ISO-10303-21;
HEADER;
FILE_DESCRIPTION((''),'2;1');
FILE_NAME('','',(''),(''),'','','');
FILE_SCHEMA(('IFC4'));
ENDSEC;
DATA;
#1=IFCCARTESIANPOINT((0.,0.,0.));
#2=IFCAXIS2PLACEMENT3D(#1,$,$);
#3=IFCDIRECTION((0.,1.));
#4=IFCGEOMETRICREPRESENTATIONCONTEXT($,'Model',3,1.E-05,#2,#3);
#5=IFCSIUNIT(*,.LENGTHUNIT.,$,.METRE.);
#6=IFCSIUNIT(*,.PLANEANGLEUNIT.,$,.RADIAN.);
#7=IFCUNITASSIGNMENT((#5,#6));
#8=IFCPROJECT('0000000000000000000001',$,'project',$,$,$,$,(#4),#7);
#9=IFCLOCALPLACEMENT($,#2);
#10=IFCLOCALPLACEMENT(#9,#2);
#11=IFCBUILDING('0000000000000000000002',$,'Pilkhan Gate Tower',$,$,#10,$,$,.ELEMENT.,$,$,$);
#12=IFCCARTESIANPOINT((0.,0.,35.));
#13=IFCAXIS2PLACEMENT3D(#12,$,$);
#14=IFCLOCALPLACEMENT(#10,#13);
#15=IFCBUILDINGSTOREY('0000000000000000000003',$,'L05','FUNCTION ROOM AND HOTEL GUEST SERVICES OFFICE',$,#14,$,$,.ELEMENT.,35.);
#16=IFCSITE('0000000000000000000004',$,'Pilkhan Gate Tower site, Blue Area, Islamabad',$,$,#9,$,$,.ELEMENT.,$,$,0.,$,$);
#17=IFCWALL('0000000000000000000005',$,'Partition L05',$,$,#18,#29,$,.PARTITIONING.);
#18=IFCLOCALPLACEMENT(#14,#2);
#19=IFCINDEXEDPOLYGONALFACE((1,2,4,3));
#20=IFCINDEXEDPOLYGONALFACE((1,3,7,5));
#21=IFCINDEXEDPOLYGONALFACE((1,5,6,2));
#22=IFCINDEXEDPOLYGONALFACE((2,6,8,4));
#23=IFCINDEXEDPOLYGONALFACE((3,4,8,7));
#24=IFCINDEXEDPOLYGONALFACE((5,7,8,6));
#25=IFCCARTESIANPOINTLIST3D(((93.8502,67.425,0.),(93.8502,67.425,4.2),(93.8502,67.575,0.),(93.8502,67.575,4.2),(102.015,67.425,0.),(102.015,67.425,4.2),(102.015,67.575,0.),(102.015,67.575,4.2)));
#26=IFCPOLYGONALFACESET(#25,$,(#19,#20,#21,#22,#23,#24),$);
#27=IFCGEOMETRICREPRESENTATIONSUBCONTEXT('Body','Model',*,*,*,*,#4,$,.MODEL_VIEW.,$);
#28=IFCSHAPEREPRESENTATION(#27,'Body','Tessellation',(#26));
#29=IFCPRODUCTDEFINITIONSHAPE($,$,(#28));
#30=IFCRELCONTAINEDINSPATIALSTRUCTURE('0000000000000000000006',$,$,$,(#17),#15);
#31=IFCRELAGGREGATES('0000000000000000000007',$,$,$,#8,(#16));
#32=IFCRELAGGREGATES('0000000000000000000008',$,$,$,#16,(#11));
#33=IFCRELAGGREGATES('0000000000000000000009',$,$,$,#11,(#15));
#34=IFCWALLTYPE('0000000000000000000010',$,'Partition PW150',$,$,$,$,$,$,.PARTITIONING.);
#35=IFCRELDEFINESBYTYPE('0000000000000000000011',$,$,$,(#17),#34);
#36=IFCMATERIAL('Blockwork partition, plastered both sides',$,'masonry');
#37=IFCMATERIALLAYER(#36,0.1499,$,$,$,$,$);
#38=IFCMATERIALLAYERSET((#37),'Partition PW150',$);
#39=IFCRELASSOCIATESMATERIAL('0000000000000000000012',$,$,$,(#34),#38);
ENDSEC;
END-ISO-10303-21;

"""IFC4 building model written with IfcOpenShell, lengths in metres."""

from ifc_helpers import new_model, si_unit, direction, frame, frame_2d, origin, place, context, subcontext, project, spatial, rectangle, extrude, material, layer, layer_set, type_object, element, save


model = new_model("IFC4")

# Units and contexts
model_context = context("Model", 3, precision=1e-05, world=origin(), true_north=direction((0.0, 1.0)))
body_context = subcontext(model_context, "Body", "Model", "MODEL_VIEW")
ifc_project = project(units=[si_unit("LENGTHUNIT", "METRE"), si_unit("PLANEANGLEUNIT", "RADIAN")], contexts=[model_context])

# Site, building, storey
site_placement = place(None, origin())
site = spatial("IfcSite", under=ifc_project, at=site_placement, Name="Pilkhan Gate Tower site, Blue Area, Islamabad", CompositionType="ELEMENT", RefElevation=0.0)
building_placement = place(site_placement, origin())
building = spatial("IfcBuilding", under=site, at=building_placement, Name="Pilkhan Gate Tower", CompositionType="ELEMENT")
storey_placement = place(building_placement, frame((0.0, 0.0, 35.0)))
storey = spatial("IfcBuildingStorey", under=building, at=storey_placement, Name="L05", Description="FUNCTION ROOM AND HOTEL GUEST SERVICES OFFICE", CompositionType="ELEMENT", Elevation=35.0)

# Wall
ifc_material_1 = material(Name="Blockwork partition, plastered both sides", Category="masonry")
ifc_layer_1 = layer(ifc_material_1, 0.1499)
ifc_layer_set_1 = layer_set([ifc_layer_1], Name="Partition PW150")
wall_type_1 = type_object("IfcWallType", Name="Partition PW150", PredefinedType="PARTITIONING", material=ifc_layer_set_1)
for number, where, z_axis, x_axis, name in (
    (1, (93.8501, 67.5, 0.0), (0.0, 0.0, 1.0), (1.0, 0.0, 0.0), "Partition L05"),
):
    element("IfcWall", number, at=place(storey_placement, frame(where, z_axis=z_axis, x_axis=x_axis)), inside=storey, type_object=wall_type_1, Name=name, PredefinedType="PARTITIONING", context=body_context, shape_type="SweptSolid", body=[
        extrude(rectangle(XDim=8.1648, YDim=0.1499, at=frame_2d((4.0825, 0.0))), origin(), (0.0, 0.0, 1.0), 4.2),
    ])

save(model, "model.ifc")
